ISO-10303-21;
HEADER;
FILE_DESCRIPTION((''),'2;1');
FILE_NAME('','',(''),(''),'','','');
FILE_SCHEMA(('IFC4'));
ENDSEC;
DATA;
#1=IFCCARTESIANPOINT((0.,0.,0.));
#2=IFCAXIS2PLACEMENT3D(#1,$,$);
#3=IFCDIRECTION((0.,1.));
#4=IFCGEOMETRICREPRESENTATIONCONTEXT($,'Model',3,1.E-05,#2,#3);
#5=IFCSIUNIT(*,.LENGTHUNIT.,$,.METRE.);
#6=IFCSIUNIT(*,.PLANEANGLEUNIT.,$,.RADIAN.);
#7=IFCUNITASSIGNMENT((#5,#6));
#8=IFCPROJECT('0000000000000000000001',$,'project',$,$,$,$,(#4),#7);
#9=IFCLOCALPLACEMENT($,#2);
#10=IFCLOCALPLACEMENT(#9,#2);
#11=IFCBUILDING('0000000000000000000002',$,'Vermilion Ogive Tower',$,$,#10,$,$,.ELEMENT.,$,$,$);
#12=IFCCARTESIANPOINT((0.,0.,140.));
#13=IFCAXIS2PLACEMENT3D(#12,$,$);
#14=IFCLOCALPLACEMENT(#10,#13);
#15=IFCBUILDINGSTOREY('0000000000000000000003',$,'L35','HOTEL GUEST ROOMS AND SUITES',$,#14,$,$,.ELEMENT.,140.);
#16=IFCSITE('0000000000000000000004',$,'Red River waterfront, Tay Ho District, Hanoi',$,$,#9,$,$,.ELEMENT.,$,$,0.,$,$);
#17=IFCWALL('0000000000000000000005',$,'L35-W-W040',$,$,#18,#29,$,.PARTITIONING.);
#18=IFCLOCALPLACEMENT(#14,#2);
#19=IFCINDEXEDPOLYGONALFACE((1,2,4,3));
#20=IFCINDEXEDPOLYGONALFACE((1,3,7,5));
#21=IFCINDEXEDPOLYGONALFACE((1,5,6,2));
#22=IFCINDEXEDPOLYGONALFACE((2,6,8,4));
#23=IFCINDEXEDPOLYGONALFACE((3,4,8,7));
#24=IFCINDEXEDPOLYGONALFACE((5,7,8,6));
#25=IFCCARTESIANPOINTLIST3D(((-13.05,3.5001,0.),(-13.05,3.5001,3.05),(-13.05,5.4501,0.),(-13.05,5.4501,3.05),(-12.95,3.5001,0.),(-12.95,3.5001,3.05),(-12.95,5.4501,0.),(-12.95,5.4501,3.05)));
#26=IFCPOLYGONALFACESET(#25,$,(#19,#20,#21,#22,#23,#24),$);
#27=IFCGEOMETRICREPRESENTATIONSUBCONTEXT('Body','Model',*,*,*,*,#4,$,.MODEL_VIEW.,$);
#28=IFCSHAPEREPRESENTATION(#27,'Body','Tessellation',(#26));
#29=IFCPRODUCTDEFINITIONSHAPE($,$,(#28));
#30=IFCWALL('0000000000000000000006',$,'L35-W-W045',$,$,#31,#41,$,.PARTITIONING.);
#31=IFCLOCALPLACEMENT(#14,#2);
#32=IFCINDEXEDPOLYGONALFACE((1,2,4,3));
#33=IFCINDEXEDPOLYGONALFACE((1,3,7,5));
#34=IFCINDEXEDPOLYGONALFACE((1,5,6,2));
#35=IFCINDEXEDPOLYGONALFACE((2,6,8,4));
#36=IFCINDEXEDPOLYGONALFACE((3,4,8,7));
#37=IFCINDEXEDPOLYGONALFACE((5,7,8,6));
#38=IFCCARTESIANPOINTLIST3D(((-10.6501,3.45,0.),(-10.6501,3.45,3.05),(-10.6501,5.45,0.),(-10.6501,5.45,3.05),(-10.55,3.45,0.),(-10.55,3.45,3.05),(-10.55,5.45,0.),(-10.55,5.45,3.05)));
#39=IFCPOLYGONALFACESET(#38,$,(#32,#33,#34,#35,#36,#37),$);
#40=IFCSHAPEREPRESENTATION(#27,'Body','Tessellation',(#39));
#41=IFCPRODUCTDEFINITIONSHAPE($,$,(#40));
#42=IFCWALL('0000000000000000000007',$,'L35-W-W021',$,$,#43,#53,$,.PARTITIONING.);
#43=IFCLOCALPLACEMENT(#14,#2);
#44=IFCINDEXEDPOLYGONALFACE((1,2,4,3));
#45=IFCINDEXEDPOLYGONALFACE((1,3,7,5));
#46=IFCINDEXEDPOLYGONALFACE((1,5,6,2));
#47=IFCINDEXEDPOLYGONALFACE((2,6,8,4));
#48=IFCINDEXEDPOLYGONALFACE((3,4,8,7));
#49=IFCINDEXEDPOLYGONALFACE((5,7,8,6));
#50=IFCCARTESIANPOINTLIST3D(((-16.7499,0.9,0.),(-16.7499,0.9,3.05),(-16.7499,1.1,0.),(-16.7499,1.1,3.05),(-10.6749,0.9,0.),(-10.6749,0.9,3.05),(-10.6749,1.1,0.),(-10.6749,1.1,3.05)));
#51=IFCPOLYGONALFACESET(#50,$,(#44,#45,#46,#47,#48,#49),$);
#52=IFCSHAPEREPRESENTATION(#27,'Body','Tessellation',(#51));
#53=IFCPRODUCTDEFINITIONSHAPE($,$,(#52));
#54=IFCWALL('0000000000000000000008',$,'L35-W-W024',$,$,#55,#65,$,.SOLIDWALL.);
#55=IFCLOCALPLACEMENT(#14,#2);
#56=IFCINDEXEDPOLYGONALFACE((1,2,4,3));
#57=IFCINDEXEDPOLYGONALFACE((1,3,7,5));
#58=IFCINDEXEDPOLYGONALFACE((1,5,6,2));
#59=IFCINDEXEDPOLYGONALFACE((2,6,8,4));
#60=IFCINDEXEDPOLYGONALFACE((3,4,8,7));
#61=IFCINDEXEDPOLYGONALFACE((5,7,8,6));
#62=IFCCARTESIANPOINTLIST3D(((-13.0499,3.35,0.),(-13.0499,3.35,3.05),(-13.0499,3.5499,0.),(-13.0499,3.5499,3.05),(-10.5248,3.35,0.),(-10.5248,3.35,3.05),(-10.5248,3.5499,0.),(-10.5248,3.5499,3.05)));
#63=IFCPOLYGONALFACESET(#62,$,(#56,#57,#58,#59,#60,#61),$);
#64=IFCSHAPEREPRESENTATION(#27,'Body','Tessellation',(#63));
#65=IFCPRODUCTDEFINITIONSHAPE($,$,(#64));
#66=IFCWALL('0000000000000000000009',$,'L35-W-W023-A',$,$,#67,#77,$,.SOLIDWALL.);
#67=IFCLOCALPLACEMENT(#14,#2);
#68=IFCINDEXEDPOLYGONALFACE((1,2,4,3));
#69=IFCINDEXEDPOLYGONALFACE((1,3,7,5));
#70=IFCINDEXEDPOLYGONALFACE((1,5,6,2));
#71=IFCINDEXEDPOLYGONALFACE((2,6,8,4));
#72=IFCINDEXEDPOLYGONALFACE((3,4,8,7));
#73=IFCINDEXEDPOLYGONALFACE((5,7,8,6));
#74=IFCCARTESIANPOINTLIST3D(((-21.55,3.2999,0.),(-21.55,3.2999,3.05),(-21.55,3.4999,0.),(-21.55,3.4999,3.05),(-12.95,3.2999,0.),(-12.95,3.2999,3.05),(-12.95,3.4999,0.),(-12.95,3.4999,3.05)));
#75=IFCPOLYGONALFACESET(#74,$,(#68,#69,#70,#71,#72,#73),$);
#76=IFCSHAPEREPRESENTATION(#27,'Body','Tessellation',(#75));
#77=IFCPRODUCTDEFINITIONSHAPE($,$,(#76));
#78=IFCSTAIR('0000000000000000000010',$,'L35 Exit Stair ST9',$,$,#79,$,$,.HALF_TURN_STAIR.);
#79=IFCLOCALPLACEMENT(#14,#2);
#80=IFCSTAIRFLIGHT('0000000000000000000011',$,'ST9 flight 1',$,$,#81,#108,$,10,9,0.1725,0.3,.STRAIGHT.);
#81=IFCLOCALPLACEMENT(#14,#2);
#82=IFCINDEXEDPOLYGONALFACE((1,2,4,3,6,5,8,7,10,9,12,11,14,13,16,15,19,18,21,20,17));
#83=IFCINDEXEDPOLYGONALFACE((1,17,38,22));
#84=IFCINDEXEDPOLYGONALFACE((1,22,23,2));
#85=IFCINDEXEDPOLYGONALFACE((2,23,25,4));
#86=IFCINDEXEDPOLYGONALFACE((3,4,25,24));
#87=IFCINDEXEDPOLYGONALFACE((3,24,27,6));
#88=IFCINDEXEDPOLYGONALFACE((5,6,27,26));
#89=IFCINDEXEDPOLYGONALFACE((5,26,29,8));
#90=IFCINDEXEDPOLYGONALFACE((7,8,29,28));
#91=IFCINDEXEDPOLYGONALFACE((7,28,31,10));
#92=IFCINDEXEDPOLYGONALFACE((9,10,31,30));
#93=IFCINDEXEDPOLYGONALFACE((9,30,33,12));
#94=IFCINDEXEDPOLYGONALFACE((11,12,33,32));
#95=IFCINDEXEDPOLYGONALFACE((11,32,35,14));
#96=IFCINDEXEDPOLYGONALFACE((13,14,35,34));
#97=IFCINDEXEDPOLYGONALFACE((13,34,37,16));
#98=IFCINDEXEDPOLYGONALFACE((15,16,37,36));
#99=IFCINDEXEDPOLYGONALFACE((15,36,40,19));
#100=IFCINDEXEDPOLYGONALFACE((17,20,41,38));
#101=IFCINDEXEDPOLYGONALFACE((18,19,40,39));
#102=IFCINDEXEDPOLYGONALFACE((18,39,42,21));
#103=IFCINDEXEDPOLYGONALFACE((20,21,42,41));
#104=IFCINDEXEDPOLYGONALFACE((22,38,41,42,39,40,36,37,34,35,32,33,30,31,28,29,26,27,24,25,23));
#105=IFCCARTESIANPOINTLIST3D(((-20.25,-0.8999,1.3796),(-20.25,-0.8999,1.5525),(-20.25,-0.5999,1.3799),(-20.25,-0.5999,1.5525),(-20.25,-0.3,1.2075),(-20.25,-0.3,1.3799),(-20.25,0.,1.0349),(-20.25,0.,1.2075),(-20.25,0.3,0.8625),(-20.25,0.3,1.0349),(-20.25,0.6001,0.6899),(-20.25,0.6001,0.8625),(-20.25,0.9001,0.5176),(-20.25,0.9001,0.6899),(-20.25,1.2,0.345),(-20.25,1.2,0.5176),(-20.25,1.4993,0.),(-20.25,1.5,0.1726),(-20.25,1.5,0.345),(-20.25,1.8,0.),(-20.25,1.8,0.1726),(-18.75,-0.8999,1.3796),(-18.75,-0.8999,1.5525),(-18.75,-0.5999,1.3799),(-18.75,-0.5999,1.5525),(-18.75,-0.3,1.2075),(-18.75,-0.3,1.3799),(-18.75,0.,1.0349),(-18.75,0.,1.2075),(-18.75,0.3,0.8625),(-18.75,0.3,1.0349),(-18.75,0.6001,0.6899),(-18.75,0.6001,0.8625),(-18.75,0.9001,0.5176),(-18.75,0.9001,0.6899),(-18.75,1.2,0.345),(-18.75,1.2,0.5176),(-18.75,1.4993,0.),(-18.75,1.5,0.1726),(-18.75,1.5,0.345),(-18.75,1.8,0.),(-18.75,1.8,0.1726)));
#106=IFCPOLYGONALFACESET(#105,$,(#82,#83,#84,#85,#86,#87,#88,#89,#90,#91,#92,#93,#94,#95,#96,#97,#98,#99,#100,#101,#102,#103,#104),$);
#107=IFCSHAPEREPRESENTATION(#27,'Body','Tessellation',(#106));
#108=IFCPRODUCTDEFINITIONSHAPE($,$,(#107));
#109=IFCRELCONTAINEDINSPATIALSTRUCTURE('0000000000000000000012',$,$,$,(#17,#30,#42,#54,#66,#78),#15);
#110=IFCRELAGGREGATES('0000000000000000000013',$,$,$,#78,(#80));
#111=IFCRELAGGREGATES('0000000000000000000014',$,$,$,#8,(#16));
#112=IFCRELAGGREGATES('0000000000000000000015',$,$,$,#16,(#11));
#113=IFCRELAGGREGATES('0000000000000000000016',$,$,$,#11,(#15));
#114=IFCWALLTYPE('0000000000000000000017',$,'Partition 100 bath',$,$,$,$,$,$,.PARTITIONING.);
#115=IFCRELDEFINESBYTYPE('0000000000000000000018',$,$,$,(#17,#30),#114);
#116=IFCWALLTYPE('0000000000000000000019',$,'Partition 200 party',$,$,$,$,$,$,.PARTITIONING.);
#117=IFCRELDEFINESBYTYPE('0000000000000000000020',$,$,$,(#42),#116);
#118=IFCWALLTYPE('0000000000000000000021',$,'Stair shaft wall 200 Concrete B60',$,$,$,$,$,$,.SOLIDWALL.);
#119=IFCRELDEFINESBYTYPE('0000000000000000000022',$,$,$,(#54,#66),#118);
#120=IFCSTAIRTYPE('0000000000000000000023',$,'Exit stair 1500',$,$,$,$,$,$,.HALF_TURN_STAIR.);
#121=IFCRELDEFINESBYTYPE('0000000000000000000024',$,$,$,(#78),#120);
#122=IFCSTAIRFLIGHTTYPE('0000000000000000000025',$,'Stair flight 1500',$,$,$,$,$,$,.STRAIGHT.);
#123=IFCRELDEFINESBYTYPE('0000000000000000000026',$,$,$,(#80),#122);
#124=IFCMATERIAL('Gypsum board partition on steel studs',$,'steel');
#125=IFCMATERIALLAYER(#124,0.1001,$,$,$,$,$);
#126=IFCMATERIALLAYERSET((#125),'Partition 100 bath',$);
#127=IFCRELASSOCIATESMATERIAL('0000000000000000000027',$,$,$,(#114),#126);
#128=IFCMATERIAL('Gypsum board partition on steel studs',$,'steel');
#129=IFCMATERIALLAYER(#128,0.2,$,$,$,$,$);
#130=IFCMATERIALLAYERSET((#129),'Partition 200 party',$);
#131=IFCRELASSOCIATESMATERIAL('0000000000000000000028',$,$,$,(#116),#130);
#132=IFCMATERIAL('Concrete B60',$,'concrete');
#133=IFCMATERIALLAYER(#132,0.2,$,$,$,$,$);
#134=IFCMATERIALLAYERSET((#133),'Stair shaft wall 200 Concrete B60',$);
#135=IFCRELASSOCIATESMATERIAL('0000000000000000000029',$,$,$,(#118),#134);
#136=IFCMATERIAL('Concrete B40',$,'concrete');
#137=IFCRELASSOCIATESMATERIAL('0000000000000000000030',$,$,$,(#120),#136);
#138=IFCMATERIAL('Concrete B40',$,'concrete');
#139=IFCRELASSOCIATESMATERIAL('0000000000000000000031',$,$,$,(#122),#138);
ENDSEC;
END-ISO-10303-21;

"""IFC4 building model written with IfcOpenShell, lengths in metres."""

from ifc_helpers import new_model, si_unit, direction, frame, frame_2d, origin, place, context, subcontext, project, spatial, polyline, rectangle, outline, extrude, material, layer, layer_set, type_object, element, aggregate, save


model = new_model("IFC4")

# Units and contexts
model_context = context("Model", 3, precision=1e-05, world=origin(), true_north=direction((0.0, 1.0)))
body_context = subcontext(model_context, "Body", "Model", "MODEL_VIEW")
ifc_project = project(units=[si_unit("LENGTHUNIT", "METRE"), si_unit("PLANEANGLEUNIT", "RADIAN")], contexts=[model_context])

# Site, building, storey
site_placement = place(None, origin())
site = spatial("IfcSite", under=ifc_project, at=site_placement, Name="Red River waterfront, Tay Ho District, Hanoi", CompositionType="ELEMENT", RefElevation=0.0)
building_placement = place(site_placement, origin())
building = spatial("IfcBuilding", under=site, at=building_placement, Name="Vermilion Ogive Tower", CompositionType="ELEMENT")
storey_placement = place(building_placement, frame((0.0, 0.0, 140.0)))
storey = spatial("IfcBuildingStorey", under=building, at=storey_placement, Name="L35", Description="HOTEL GUEST ROOMS AND SUITES", CompositionType="ELEMENT", Elevation=140.0)

# Shared definitions
ifc_material_1 = material(Name="Gypsum board partition on steel studs", Category="steel")
ifc_layer_1 = layer(ifc_material_1, 0.1001)
ifc_layer_set_1 = layer_set([ifc_layer_1], Name="Partition 100 bath")
wall_type_1 = type_object("IfcWallType", Name="Partition 100 bath", PredefinedType="PARTITIONING", material=ifc_layer_set_1)

# Walls
wall_1_placement = place(storey_placement, frame((-13.0, 3.5, 0.0), z_axis=(0.0, 0.0, 1.0), x_axis=(0.0, 1.0, 0.0)))
element("IfcWall", 1, at=wall_1_placement, inside=storey, type_object=wall_type_1, Name="L35-W-W040", PredefinedType="PARTITIONING", context=body_context, shape_type="SweptSolid", body=[
    extrude(rectangle(XDim=1.95, YDim=0.1001, at=frame_2d((0.9751, 0.0))), origin(), (0.0, 0.0, 1.0), 3.05),
])
wall_2_placement = place(storey_placement, frame((-10.6001, 3.45, 0.0), z_axis=(0.0, 0.0, 1.0), x_axis=(0.0, 1.0, 0.0)))
element("IfcWall", 2, at=wall_2_placement, inside=storey, type_object=wall_type_1, Name="L35-W-W045", PredefinedType="PARTITIONING", context=body_context, shape_type="SweptSolid", body=[
    extrude(rectangle(XDim=2.0, YDim=0.1001, at=frame_2d((1.0, 0.0))), origin(), (0.0, 0.0, 1.0), 3.05),
])
ifc_material_2 = material(Name="Gypsum board partition on steel studs", Category="steel")
ifc_layer_2 = layer(ifc_material_2, 0.2)
ifc_layer_set_2 = layer_set([ifc_layer_2], Name="Partition 200 party")
wall_type_2 = type_object("IfcWallType", Name="Partition 200 party", PredefinedType="PARTITIONING", material=ifc_layer_set_2)
wall_3_placement = place(storey_placement, frame((-16.75, 1.0, 0.0), z_axis=(0.0, 0.0, 1.0), x_axis=(1.0, 0.0, 0.0)))
element("IfcWall", 3, at=wall_3_placement, inside=storey, type_object=wall_type_2, Name="L35-W-W021", PredefinedType="PARTITIONING", context=body_context, shape_type="SweptSolid", body=[
    extrude(rectangle(XDim=6.075, YDim=0.2, at=frame_2d((3.0376, 0.0))), origin(), (0.0, 0.0, 1.0), 3.05),
])
ifc_material_3 = material(Name="Concrete B60", Category="concrete")
ifc_layer_3 = layer(ifc_material_3, 0.2)
ifc_layer_set_3 = layer_set([ifc_layer_3], Name="Stair shaft wall 200 Concrete B60")
wall_type_3 = type_object("IfcWallType", Name="Stair shaft wall 200 Concrete B60", PredefinedType="SOLIDWALL", material=ifc_layer_set_3)
wall_4_placement = place(storey_placement, frame((-13.05, 3.45, 0.0), z_axis=(0.0, 0.0, 1.0), x_axis=(1.0, 0.0, 0.0)))
element("IfcWall", 4, at=wall_4_placement, inside=storey, type_object=wall_type_3, Name="L35-W-W024", PredefinedType="SOLIDWALL", context=body_context, shape_type="SweptSolid", body=[
    extrude(rectangle(XDim=2.5251, YDim=0.2, at=frame_2d((1.2627, 0.0))), origin(), (0.0, 0.0, 1.0), 3.05),
])
wall_5_placement = place(storey_placement, frame((-21.55, 3.3999, 0.0), z_axis=(0.0, 0.0, 1.0), x_axis=(1.0, 0.0, 0.0)))
element("IfcWall", 5, at=wall_5_placement, inside=storey, type_object=wall_type_3, Name="L35-W-W023-A", PredefinedType="SOLIDWALL", context=body_context, shape_type="SweptSolid", body=[
    extrude(rectangle(XDim=8.6001, YDim=0.2, at=frame_2d((4.3, 0.0))), origin(), (0.0, 0.0, 1.0), 3.05),
])

# Stair, stair flight
ifc_material_4 = material(Name="Concrete B40", Category="concrete")
stair_type = type_object("IfcStairType", Name="Exit stair 1500", PredefinedType="HALF_TURN_STAIR", material=ifc_material_4)
stair_placement = place(storey_placement, origin())
stair = element("IfcStair", 6, at=stair_placement, inside=storey, type_object=stair_type, Name="L35 Exit Stair ST9", PredefinedType="HALF_TURN_STAIR")
ifc_material_5 = material(Name="Concrete B40", Category="concrete")
stair_flight_type = type_object("IfcStairFlightType", Name="Stair flight 1500", PredefinedType="STRAIGHT", material=ifc_material_5)
stair_flight_placement = place(storey_placement, frame((-19.5, 1.8, 0.0), z_axis=(0.0, 0.0, 1.0), x_axis=(0.0, -1.0, 0.0)))
stair_flight = element("IfcStairFlight", 7, at=stair_flight_placement, type_object=stair_flight_type, Name="ST9 flight 1", NumberOfRisers=10, NumberOfTreads=9, PredefinedType="STRAIGHT", RiserHeight=0.1725, TreadLength=0.3, context=body_context, shape_type="SweptSolid", body=[
    extrude(outline(polyline([(0.0, 0.0), (0.0, 0.1726), (0.3, 0.1726), (0.3, 0.345), (0.6001, 0.345), (0.6001, 0.5176), (0.8999, 0.5176), (0.8999, 0.6899), (1.2, 0.6899), (1.2, 0.8625), (1.5, 0.8625), (1.5, 1.0349), (1.8, 1.0349), (1.8, 1.2075), (2.1001, 1.2075), (2.1001, 1.3799), (2.3999, 1.3799), (2.3999, 1.5525), (2.7, 1.5525), (2.7, 1.7251), (2.7, 1.3796), (0.3008, 0.0), (0.0, 0.0)])), frame((0.0, 0.75, 0.0), z_axis=(0.0, -1.0, 0.0), x_axis=(1.0, 0.0, 0.0)), (0.0, 0.0, 1.0), 1.5),
])
aggregate(stair, [stair_flight])

save(model, "model.ifc")
